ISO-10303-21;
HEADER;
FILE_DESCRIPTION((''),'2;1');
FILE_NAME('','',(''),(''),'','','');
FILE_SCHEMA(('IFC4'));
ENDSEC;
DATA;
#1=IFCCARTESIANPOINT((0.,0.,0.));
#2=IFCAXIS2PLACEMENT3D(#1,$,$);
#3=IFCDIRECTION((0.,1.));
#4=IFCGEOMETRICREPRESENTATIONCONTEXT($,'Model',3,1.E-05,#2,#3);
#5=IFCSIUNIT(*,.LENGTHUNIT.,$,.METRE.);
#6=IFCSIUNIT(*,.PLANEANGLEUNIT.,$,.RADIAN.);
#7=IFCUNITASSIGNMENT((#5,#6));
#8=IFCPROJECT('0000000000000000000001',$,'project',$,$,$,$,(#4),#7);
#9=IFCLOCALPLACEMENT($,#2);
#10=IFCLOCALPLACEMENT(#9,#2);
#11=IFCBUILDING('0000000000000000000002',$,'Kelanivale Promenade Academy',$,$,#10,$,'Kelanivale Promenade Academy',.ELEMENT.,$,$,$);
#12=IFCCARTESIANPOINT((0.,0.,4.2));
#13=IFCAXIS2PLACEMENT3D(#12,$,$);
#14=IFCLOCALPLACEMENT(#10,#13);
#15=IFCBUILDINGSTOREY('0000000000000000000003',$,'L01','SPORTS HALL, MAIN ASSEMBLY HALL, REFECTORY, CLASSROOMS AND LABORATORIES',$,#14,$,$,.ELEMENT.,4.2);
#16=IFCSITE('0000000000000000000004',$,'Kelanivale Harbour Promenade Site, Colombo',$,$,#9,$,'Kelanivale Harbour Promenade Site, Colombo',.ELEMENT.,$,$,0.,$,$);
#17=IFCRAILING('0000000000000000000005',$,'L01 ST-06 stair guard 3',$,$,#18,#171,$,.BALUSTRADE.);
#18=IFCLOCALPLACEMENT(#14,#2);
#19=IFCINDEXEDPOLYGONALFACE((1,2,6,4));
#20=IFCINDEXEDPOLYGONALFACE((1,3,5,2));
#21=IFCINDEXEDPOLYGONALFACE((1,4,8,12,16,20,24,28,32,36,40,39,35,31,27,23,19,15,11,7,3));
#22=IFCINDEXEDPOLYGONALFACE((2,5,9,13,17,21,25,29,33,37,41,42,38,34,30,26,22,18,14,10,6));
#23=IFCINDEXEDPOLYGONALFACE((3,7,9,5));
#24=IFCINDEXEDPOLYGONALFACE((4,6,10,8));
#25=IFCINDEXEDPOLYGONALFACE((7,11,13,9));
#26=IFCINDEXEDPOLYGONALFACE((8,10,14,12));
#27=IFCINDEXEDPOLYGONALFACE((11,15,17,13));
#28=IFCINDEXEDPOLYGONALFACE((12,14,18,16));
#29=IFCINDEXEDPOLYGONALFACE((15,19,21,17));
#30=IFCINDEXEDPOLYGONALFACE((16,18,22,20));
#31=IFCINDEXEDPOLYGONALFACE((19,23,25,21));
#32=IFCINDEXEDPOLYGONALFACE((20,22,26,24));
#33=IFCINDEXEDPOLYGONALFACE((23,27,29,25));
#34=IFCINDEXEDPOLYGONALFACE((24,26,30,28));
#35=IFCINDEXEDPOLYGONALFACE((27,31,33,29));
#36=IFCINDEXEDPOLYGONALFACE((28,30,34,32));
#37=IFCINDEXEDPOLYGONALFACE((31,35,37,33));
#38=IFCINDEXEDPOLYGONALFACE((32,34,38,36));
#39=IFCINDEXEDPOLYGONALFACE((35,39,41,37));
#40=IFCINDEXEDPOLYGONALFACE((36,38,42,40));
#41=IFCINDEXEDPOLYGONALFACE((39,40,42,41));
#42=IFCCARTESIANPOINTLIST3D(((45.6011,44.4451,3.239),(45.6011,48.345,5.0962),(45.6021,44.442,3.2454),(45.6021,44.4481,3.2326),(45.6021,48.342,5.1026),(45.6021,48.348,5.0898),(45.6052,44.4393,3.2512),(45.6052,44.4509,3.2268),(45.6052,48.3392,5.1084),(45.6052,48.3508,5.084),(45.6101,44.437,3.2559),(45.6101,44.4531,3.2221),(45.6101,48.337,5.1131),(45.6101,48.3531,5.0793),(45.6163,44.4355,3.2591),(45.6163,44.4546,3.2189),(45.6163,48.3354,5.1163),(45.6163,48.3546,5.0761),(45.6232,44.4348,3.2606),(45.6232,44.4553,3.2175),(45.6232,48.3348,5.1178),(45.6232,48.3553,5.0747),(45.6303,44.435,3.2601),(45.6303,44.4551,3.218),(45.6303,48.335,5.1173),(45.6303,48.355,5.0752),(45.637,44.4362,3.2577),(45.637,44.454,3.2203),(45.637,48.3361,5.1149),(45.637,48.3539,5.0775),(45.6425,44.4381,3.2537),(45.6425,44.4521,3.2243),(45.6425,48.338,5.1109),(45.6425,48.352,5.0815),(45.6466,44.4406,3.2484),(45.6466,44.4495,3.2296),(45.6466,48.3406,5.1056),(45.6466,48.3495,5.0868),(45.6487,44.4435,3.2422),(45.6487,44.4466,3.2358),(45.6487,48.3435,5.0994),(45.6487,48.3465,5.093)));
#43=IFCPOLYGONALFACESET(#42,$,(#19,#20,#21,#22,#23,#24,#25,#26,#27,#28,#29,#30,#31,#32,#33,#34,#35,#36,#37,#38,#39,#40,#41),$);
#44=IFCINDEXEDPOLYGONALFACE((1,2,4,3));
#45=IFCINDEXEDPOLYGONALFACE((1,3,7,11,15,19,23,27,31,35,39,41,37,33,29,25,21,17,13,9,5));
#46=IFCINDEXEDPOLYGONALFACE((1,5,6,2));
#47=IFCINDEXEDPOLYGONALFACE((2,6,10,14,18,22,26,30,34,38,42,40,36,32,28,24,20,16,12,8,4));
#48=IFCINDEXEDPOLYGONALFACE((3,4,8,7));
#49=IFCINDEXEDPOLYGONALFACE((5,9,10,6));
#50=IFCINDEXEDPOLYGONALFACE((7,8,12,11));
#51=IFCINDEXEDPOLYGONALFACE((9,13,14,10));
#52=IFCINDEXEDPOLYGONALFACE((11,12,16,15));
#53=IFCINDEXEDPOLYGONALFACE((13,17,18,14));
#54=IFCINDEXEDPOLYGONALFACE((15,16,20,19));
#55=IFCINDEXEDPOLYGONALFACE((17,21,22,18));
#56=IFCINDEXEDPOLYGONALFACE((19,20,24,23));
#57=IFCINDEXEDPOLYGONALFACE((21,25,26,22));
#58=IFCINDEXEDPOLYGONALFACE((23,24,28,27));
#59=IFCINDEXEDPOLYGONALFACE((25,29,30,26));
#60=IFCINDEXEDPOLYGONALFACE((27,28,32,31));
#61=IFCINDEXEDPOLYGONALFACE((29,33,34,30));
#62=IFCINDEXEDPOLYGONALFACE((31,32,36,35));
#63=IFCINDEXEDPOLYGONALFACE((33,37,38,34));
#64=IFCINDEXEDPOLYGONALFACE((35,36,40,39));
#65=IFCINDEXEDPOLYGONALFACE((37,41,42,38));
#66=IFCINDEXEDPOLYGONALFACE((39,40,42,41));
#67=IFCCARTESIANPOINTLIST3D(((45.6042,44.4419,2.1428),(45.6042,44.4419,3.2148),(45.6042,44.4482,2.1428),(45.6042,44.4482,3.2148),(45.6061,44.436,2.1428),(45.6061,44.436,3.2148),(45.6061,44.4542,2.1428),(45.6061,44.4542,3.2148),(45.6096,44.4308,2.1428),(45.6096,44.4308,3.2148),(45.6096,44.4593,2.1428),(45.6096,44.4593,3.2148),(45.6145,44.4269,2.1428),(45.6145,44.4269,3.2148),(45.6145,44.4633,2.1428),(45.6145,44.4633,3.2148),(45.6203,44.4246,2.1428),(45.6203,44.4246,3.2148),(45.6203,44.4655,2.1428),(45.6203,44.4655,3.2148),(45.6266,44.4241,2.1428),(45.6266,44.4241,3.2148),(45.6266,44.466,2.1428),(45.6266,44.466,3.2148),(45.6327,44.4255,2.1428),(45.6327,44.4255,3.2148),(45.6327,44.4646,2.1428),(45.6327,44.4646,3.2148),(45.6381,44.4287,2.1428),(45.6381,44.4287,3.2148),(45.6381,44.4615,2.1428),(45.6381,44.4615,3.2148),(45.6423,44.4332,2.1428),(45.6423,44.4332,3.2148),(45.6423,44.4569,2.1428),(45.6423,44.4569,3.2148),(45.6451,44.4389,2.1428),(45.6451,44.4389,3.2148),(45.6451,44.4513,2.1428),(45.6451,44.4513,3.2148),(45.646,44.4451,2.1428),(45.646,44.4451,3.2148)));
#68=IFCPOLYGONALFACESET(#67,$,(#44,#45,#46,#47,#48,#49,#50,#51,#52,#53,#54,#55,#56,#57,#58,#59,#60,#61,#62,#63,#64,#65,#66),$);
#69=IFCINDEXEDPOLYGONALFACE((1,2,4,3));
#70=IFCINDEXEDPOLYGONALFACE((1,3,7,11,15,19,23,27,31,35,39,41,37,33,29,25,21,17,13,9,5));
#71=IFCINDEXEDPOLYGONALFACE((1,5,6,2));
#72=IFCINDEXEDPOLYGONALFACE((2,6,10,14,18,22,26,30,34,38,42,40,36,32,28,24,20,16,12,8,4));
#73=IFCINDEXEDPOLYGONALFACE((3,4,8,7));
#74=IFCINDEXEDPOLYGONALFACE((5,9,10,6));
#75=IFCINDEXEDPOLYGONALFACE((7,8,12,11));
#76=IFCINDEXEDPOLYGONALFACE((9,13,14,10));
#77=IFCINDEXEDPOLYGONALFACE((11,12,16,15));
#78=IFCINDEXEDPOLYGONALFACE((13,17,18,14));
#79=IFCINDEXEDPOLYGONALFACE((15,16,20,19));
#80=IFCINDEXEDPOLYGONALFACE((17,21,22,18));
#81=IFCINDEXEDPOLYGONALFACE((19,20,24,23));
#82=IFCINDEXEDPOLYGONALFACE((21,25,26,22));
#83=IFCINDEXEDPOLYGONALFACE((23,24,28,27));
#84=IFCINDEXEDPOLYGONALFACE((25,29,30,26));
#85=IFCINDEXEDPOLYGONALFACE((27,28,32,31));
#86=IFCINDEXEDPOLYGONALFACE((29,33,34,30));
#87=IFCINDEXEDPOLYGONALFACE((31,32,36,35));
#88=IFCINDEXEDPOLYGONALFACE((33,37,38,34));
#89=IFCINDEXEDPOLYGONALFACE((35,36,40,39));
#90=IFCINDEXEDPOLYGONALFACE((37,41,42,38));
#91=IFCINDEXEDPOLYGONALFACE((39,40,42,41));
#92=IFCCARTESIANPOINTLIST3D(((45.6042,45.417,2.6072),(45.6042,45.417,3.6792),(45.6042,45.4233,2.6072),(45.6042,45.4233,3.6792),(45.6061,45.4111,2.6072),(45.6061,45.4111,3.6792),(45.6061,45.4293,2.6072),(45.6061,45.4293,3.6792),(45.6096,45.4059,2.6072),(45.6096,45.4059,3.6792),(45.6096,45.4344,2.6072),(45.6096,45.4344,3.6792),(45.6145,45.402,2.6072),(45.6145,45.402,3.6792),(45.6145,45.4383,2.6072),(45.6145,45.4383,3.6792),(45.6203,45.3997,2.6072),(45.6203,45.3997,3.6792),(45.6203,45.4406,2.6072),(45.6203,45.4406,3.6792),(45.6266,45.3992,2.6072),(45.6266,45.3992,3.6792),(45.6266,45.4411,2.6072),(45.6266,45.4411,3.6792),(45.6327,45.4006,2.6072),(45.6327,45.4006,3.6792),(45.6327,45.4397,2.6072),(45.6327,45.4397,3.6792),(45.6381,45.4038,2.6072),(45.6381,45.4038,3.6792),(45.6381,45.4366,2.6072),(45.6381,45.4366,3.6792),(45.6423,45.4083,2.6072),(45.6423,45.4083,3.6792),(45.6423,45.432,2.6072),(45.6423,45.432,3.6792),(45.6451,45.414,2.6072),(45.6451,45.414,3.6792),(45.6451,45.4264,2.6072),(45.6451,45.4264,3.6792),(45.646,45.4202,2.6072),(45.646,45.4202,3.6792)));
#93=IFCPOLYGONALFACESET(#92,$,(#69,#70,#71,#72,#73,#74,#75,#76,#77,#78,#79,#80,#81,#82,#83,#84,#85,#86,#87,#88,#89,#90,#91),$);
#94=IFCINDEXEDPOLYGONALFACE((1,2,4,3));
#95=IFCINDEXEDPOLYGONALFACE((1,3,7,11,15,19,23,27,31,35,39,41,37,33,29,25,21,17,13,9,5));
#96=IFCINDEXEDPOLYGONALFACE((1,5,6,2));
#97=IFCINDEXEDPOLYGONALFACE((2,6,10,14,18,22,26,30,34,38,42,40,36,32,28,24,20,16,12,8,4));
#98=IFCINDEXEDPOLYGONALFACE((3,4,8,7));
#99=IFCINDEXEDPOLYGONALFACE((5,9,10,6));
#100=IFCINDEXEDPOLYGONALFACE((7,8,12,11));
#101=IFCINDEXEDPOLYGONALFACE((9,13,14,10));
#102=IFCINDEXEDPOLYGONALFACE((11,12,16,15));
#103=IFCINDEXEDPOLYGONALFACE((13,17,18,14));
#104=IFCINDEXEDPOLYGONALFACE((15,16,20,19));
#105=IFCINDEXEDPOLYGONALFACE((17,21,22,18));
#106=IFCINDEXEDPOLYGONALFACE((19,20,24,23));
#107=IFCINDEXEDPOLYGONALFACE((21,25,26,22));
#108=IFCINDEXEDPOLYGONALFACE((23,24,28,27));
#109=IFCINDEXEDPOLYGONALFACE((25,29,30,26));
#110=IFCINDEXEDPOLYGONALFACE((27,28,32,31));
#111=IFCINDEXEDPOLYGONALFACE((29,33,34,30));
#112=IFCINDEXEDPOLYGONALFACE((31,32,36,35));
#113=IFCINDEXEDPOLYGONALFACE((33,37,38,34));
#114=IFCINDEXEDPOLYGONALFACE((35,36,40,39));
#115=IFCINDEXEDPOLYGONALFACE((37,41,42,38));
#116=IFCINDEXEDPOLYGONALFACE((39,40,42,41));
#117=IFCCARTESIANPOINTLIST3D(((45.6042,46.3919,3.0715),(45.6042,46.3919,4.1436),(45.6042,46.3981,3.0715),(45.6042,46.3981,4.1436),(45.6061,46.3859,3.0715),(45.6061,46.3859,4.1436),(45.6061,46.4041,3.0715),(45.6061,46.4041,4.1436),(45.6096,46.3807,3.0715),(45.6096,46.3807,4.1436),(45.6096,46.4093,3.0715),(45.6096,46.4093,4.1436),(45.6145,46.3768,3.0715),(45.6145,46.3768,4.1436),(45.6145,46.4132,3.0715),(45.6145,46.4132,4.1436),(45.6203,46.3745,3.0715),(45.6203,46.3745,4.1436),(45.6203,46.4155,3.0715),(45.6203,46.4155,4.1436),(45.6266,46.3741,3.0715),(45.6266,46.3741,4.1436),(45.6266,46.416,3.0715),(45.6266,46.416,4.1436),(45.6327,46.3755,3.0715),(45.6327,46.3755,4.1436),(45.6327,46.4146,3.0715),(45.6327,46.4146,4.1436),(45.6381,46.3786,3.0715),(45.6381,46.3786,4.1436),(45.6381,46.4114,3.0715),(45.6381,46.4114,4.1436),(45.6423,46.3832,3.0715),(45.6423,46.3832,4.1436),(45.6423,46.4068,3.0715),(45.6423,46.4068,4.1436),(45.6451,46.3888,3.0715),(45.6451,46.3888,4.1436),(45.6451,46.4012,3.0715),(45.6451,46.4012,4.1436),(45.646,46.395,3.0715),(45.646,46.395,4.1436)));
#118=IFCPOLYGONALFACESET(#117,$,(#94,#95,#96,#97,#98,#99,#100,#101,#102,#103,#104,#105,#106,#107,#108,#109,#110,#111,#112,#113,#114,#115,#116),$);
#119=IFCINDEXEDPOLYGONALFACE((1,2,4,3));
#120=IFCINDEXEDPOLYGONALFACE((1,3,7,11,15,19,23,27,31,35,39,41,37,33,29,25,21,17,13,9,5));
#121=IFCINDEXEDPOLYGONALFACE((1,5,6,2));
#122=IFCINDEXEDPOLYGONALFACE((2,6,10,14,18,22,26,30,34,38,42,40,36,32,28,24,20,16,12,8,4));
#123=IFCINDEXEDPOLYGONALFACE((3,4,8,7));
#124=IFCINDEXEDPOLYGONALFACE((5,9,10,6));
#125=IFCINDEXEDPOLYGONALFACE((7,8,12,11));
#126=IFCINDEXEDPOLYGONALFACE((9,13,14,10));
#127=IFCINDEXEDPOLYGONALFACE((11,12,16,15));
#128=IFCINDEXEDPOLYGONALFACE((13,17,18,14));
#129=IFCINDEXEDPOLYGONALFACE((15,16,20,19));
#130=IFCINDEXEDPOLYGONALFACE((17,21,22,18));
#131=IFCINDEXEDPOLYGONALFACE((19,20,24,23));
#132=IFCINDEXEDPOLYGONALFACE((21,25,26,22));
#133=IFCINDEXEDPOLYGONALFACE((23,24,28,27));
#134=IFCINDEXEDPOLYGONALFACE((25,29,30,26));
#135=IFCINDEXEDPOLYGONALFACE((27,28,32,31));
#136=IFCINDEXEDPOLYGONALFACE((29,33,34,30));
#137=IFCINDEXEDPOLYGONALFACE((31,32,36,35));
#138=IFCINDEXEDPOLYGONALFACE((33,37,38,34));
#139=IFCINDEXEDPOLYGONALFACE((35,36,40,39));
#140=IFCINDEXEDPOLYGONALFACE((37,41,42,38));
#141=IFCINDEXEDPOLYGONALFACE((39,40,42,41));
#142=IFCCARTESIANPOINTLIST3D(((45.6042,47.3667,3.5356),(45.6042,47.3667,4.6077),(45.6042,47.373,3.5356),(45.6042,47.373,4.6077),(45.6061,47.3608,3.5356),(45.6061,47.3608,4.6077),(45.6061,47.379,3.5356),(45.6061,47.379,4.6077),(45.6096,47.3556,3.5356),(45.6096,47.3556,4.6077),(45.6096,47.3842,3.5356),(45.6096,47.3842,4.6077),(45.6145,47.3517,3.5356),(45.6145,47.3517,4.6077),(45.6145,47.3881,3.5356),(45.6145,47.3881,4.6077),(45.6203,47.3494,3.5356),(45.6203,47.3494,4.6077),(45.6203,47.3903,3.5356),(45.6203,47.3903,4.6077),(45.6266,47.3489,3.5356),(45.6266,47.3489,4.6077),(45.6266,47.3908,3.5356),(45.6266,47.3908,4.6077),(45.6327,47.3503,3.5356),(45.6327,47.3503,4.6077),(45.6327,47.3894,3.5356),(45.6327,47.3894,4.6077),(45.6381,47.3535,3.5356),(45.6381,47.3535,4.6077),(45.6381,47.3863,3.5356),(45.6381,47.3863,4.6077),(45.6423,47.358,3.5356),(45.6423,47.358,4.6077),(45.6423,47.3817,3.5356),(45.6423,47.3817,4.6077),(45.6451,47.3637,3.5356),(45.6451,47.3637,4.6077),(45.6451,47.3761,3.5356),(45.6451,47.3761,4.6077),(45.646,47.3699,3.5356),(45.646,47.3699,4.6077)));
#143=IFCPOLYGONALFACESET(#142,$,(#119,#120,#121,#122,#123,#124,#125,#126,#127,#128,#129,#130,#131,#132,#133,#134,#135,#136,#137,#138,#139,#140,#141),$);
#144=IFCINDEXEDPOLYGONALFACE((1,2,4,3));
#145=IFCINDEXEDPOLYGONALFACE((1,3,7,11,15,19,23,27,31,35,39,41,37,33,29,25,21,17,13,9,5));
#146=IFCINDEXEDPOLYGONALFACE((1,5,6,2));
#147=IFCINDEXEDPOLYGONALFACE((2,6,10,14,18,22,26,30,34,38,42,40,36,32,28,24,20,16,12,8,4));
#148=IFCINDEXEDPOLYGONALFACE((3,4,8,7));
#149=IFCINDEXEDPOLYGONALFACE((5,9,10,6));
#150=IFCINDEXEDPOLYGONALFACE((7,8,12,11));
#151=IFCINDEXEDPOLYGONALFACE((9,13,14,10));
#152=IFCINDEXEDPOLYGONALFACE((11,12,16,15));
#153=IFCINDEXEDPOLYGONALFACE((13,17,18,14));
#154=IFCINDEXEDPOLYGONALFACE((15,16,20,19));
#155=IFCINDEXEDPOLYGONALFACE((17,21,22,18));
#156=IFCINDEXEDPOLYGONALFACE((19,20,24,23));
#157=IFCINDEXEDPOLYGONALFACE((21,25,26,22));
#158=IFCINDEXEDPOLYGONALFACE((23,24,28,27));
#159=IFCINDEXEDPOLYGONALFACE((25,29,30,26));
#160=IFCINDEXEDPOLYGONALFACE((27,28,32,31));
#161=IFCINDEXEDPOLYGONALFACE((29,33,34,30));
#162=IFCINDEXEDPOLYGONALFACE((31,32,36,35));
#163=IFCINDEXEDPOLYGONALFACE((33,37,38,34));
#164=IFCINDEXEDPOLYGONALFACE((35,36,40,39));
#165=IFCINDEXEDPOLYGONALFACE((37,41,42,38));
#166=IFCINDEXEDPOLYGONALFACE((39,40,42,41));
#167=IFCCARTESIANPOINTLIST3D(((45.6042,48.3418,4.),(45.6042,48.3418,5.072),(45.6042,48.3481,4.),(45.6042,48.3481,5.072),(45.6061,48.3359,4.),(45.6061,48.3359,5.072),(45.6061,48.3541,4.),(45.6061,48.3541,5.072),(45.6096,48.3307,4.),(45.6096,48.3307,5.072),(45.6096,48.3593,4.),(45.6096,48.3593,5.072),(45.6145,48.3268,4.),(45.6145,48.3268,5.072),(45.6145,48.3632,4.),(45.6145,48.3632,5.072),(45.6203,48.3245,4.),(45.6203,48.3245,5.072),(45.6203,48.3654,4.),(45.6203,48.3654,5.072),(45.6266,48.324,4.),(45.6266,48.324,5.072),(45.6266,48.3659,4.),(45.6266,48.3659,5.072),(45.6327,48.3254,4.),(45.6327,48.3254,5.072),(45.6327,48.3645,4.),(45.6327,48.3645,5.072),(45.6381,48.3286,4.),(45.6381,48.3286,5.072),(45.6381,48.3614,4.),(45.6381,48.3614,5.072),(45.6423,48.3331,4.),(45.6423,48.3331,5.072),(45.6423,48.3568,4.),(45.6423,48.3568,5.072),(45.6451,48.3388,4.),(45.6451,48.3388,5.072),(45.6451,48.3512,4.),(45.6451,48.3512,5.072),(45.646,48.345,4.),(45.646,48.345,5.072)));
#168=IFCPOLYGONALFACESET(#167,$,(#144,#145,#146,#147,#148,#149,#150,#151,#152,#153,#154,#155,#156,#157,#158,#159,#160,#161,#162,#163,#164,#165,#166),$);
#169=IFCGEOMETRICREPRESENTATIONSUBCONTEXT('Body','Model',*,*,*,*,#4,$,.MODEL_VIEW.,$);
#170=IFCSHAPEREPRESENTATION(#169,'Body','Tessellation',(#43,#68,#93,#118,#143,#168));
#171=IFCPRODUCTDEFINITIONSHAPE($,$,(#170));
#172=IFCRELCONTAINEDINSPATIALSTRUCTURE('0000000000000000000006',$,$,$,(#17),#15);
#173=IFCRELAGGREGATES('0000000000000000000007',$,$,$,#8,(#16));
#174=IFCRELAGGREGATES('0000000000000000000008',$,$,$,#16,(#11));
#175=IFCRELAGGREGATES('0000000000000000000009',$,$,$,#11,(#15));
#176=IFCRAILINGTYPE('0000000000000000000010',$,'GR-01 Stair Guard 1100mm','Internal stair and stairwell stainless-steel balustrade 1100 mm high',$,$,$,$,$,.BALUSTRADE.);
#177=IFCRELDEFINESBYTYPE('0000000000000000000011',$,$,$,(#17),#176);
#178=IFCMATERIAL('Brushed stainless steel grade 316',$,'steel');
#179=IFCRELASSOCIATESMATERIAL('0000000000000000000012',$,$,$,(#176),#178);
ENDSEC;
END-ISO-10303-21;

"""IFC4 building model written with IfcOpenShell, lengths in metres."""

from ifc_helpers import new_model, si_unit, direction, frame, origin, origin_2d, place, context, subcontext, project, spatial, circle, extrude, material, type_object, element, save


model = new_model("IFC4")

# Units and contexts
model_context = context("Model", 3, precision=1e-05, world=origin(), true_north=direction((0.0, 1.0)))
body_context = subcontext(model_context, "Body", "Model", "MODEL_VIEW")
ifc_project = project(units=[si_unit("LENGTHUNIT", "METRE"), si_unit("PLANEANGLEUNIT", "RADIAN")], contexts=[model_context])

# Site, building, storey
site_placement = place(None, origin())
site = spatial("IfcSite", under=ifc_project, at=site_placement, Name="Kelanivale Harbour Promenade Site, Colombo", LongName="Kelanivale Harbour Promenade Site, Colombo", CompositionType="ELEMENT", RefElevation=0.0)
building_placement = place(site_placement, origin())
building = spatial("IfcBuilding", under=site, at=building_placement, Name="Kelanivale Promenade Academy", LongName="Kelanivale Promenade Academy", CompositionType="ELEMENT")
storey_placement = place(building_placement, frame((0.0, 0.0, 4.2)))
storey = spatial("IfcBuildingStorey", under=building, at=storey_placement, Name="L01", Description="SPORTS HALL, MAIN ASSEMBLY HALL, REFECTORY, CLASSROOMS AND LABORATORIES", CompositionType="ELEMENT", Elevation=4.2)

# Railing
ifc_material_1 = material(Name="Brushed stainless steel grade 316", Category="steel")
railing_type_1 = type_object("IfcRailingType", Name="GR-01 Stair Guard 1100mm", Description="Internal stair and stairwell stainless-steel balustrade 1100 mm high", PredefinedType="BALUSTRADE", material=ifc_material_1)
railing_1_placement = place(storey_placement, frame((45.625, 44.4451, 2.1428)))
element("IfcRailing", 1, at=railing_1_placement, inside=storey, type_object=railing_type_1, Name="L01 ST-06 stair guard 3", PredefinedType="BALUSTRADE", context=body_context, shape_type="SweptSolid", body=[
    extrude(circle(Radius=0.0239, at=origin_2d()), frame((0.0, 0.0, 1.0962), z_axis=(0.0, 0.902853, 0.429949), x_axis=(-1.0, 0.0, 0.0)), (0.0, 0.0, 1.0), 4.3196),
    extrude(circle(Radius=0.021, at=origin_2d()), origin(), (0.0, 0.0, 1.0), 1.072),
    extrude(circle(Radius=0.021, at=origin_2d()), frame((0.0, 0.9751, 0.4644)), (0.0, 0.0, 1.0), 1.072),
    extrude(circle(Radius=0.021, at=origin_2d()), frame((0.0, 1.95, 0.9287)), (0.0, 0.0, 1.0), 1.072),
    extrude(circle(Radius=0.021, at=origin_2d()), frame((0.0, 2.9248, 1.3928)), (0.0, 0.0, 1.0), 1.072),
    extrude(circle(Radius=0.021, at=origin_2d()), frame((0.0, 3.8999, 1.8572)), (0.0, 0.0, 1.0), 1.072),
])

save(model, "model.ifc")
